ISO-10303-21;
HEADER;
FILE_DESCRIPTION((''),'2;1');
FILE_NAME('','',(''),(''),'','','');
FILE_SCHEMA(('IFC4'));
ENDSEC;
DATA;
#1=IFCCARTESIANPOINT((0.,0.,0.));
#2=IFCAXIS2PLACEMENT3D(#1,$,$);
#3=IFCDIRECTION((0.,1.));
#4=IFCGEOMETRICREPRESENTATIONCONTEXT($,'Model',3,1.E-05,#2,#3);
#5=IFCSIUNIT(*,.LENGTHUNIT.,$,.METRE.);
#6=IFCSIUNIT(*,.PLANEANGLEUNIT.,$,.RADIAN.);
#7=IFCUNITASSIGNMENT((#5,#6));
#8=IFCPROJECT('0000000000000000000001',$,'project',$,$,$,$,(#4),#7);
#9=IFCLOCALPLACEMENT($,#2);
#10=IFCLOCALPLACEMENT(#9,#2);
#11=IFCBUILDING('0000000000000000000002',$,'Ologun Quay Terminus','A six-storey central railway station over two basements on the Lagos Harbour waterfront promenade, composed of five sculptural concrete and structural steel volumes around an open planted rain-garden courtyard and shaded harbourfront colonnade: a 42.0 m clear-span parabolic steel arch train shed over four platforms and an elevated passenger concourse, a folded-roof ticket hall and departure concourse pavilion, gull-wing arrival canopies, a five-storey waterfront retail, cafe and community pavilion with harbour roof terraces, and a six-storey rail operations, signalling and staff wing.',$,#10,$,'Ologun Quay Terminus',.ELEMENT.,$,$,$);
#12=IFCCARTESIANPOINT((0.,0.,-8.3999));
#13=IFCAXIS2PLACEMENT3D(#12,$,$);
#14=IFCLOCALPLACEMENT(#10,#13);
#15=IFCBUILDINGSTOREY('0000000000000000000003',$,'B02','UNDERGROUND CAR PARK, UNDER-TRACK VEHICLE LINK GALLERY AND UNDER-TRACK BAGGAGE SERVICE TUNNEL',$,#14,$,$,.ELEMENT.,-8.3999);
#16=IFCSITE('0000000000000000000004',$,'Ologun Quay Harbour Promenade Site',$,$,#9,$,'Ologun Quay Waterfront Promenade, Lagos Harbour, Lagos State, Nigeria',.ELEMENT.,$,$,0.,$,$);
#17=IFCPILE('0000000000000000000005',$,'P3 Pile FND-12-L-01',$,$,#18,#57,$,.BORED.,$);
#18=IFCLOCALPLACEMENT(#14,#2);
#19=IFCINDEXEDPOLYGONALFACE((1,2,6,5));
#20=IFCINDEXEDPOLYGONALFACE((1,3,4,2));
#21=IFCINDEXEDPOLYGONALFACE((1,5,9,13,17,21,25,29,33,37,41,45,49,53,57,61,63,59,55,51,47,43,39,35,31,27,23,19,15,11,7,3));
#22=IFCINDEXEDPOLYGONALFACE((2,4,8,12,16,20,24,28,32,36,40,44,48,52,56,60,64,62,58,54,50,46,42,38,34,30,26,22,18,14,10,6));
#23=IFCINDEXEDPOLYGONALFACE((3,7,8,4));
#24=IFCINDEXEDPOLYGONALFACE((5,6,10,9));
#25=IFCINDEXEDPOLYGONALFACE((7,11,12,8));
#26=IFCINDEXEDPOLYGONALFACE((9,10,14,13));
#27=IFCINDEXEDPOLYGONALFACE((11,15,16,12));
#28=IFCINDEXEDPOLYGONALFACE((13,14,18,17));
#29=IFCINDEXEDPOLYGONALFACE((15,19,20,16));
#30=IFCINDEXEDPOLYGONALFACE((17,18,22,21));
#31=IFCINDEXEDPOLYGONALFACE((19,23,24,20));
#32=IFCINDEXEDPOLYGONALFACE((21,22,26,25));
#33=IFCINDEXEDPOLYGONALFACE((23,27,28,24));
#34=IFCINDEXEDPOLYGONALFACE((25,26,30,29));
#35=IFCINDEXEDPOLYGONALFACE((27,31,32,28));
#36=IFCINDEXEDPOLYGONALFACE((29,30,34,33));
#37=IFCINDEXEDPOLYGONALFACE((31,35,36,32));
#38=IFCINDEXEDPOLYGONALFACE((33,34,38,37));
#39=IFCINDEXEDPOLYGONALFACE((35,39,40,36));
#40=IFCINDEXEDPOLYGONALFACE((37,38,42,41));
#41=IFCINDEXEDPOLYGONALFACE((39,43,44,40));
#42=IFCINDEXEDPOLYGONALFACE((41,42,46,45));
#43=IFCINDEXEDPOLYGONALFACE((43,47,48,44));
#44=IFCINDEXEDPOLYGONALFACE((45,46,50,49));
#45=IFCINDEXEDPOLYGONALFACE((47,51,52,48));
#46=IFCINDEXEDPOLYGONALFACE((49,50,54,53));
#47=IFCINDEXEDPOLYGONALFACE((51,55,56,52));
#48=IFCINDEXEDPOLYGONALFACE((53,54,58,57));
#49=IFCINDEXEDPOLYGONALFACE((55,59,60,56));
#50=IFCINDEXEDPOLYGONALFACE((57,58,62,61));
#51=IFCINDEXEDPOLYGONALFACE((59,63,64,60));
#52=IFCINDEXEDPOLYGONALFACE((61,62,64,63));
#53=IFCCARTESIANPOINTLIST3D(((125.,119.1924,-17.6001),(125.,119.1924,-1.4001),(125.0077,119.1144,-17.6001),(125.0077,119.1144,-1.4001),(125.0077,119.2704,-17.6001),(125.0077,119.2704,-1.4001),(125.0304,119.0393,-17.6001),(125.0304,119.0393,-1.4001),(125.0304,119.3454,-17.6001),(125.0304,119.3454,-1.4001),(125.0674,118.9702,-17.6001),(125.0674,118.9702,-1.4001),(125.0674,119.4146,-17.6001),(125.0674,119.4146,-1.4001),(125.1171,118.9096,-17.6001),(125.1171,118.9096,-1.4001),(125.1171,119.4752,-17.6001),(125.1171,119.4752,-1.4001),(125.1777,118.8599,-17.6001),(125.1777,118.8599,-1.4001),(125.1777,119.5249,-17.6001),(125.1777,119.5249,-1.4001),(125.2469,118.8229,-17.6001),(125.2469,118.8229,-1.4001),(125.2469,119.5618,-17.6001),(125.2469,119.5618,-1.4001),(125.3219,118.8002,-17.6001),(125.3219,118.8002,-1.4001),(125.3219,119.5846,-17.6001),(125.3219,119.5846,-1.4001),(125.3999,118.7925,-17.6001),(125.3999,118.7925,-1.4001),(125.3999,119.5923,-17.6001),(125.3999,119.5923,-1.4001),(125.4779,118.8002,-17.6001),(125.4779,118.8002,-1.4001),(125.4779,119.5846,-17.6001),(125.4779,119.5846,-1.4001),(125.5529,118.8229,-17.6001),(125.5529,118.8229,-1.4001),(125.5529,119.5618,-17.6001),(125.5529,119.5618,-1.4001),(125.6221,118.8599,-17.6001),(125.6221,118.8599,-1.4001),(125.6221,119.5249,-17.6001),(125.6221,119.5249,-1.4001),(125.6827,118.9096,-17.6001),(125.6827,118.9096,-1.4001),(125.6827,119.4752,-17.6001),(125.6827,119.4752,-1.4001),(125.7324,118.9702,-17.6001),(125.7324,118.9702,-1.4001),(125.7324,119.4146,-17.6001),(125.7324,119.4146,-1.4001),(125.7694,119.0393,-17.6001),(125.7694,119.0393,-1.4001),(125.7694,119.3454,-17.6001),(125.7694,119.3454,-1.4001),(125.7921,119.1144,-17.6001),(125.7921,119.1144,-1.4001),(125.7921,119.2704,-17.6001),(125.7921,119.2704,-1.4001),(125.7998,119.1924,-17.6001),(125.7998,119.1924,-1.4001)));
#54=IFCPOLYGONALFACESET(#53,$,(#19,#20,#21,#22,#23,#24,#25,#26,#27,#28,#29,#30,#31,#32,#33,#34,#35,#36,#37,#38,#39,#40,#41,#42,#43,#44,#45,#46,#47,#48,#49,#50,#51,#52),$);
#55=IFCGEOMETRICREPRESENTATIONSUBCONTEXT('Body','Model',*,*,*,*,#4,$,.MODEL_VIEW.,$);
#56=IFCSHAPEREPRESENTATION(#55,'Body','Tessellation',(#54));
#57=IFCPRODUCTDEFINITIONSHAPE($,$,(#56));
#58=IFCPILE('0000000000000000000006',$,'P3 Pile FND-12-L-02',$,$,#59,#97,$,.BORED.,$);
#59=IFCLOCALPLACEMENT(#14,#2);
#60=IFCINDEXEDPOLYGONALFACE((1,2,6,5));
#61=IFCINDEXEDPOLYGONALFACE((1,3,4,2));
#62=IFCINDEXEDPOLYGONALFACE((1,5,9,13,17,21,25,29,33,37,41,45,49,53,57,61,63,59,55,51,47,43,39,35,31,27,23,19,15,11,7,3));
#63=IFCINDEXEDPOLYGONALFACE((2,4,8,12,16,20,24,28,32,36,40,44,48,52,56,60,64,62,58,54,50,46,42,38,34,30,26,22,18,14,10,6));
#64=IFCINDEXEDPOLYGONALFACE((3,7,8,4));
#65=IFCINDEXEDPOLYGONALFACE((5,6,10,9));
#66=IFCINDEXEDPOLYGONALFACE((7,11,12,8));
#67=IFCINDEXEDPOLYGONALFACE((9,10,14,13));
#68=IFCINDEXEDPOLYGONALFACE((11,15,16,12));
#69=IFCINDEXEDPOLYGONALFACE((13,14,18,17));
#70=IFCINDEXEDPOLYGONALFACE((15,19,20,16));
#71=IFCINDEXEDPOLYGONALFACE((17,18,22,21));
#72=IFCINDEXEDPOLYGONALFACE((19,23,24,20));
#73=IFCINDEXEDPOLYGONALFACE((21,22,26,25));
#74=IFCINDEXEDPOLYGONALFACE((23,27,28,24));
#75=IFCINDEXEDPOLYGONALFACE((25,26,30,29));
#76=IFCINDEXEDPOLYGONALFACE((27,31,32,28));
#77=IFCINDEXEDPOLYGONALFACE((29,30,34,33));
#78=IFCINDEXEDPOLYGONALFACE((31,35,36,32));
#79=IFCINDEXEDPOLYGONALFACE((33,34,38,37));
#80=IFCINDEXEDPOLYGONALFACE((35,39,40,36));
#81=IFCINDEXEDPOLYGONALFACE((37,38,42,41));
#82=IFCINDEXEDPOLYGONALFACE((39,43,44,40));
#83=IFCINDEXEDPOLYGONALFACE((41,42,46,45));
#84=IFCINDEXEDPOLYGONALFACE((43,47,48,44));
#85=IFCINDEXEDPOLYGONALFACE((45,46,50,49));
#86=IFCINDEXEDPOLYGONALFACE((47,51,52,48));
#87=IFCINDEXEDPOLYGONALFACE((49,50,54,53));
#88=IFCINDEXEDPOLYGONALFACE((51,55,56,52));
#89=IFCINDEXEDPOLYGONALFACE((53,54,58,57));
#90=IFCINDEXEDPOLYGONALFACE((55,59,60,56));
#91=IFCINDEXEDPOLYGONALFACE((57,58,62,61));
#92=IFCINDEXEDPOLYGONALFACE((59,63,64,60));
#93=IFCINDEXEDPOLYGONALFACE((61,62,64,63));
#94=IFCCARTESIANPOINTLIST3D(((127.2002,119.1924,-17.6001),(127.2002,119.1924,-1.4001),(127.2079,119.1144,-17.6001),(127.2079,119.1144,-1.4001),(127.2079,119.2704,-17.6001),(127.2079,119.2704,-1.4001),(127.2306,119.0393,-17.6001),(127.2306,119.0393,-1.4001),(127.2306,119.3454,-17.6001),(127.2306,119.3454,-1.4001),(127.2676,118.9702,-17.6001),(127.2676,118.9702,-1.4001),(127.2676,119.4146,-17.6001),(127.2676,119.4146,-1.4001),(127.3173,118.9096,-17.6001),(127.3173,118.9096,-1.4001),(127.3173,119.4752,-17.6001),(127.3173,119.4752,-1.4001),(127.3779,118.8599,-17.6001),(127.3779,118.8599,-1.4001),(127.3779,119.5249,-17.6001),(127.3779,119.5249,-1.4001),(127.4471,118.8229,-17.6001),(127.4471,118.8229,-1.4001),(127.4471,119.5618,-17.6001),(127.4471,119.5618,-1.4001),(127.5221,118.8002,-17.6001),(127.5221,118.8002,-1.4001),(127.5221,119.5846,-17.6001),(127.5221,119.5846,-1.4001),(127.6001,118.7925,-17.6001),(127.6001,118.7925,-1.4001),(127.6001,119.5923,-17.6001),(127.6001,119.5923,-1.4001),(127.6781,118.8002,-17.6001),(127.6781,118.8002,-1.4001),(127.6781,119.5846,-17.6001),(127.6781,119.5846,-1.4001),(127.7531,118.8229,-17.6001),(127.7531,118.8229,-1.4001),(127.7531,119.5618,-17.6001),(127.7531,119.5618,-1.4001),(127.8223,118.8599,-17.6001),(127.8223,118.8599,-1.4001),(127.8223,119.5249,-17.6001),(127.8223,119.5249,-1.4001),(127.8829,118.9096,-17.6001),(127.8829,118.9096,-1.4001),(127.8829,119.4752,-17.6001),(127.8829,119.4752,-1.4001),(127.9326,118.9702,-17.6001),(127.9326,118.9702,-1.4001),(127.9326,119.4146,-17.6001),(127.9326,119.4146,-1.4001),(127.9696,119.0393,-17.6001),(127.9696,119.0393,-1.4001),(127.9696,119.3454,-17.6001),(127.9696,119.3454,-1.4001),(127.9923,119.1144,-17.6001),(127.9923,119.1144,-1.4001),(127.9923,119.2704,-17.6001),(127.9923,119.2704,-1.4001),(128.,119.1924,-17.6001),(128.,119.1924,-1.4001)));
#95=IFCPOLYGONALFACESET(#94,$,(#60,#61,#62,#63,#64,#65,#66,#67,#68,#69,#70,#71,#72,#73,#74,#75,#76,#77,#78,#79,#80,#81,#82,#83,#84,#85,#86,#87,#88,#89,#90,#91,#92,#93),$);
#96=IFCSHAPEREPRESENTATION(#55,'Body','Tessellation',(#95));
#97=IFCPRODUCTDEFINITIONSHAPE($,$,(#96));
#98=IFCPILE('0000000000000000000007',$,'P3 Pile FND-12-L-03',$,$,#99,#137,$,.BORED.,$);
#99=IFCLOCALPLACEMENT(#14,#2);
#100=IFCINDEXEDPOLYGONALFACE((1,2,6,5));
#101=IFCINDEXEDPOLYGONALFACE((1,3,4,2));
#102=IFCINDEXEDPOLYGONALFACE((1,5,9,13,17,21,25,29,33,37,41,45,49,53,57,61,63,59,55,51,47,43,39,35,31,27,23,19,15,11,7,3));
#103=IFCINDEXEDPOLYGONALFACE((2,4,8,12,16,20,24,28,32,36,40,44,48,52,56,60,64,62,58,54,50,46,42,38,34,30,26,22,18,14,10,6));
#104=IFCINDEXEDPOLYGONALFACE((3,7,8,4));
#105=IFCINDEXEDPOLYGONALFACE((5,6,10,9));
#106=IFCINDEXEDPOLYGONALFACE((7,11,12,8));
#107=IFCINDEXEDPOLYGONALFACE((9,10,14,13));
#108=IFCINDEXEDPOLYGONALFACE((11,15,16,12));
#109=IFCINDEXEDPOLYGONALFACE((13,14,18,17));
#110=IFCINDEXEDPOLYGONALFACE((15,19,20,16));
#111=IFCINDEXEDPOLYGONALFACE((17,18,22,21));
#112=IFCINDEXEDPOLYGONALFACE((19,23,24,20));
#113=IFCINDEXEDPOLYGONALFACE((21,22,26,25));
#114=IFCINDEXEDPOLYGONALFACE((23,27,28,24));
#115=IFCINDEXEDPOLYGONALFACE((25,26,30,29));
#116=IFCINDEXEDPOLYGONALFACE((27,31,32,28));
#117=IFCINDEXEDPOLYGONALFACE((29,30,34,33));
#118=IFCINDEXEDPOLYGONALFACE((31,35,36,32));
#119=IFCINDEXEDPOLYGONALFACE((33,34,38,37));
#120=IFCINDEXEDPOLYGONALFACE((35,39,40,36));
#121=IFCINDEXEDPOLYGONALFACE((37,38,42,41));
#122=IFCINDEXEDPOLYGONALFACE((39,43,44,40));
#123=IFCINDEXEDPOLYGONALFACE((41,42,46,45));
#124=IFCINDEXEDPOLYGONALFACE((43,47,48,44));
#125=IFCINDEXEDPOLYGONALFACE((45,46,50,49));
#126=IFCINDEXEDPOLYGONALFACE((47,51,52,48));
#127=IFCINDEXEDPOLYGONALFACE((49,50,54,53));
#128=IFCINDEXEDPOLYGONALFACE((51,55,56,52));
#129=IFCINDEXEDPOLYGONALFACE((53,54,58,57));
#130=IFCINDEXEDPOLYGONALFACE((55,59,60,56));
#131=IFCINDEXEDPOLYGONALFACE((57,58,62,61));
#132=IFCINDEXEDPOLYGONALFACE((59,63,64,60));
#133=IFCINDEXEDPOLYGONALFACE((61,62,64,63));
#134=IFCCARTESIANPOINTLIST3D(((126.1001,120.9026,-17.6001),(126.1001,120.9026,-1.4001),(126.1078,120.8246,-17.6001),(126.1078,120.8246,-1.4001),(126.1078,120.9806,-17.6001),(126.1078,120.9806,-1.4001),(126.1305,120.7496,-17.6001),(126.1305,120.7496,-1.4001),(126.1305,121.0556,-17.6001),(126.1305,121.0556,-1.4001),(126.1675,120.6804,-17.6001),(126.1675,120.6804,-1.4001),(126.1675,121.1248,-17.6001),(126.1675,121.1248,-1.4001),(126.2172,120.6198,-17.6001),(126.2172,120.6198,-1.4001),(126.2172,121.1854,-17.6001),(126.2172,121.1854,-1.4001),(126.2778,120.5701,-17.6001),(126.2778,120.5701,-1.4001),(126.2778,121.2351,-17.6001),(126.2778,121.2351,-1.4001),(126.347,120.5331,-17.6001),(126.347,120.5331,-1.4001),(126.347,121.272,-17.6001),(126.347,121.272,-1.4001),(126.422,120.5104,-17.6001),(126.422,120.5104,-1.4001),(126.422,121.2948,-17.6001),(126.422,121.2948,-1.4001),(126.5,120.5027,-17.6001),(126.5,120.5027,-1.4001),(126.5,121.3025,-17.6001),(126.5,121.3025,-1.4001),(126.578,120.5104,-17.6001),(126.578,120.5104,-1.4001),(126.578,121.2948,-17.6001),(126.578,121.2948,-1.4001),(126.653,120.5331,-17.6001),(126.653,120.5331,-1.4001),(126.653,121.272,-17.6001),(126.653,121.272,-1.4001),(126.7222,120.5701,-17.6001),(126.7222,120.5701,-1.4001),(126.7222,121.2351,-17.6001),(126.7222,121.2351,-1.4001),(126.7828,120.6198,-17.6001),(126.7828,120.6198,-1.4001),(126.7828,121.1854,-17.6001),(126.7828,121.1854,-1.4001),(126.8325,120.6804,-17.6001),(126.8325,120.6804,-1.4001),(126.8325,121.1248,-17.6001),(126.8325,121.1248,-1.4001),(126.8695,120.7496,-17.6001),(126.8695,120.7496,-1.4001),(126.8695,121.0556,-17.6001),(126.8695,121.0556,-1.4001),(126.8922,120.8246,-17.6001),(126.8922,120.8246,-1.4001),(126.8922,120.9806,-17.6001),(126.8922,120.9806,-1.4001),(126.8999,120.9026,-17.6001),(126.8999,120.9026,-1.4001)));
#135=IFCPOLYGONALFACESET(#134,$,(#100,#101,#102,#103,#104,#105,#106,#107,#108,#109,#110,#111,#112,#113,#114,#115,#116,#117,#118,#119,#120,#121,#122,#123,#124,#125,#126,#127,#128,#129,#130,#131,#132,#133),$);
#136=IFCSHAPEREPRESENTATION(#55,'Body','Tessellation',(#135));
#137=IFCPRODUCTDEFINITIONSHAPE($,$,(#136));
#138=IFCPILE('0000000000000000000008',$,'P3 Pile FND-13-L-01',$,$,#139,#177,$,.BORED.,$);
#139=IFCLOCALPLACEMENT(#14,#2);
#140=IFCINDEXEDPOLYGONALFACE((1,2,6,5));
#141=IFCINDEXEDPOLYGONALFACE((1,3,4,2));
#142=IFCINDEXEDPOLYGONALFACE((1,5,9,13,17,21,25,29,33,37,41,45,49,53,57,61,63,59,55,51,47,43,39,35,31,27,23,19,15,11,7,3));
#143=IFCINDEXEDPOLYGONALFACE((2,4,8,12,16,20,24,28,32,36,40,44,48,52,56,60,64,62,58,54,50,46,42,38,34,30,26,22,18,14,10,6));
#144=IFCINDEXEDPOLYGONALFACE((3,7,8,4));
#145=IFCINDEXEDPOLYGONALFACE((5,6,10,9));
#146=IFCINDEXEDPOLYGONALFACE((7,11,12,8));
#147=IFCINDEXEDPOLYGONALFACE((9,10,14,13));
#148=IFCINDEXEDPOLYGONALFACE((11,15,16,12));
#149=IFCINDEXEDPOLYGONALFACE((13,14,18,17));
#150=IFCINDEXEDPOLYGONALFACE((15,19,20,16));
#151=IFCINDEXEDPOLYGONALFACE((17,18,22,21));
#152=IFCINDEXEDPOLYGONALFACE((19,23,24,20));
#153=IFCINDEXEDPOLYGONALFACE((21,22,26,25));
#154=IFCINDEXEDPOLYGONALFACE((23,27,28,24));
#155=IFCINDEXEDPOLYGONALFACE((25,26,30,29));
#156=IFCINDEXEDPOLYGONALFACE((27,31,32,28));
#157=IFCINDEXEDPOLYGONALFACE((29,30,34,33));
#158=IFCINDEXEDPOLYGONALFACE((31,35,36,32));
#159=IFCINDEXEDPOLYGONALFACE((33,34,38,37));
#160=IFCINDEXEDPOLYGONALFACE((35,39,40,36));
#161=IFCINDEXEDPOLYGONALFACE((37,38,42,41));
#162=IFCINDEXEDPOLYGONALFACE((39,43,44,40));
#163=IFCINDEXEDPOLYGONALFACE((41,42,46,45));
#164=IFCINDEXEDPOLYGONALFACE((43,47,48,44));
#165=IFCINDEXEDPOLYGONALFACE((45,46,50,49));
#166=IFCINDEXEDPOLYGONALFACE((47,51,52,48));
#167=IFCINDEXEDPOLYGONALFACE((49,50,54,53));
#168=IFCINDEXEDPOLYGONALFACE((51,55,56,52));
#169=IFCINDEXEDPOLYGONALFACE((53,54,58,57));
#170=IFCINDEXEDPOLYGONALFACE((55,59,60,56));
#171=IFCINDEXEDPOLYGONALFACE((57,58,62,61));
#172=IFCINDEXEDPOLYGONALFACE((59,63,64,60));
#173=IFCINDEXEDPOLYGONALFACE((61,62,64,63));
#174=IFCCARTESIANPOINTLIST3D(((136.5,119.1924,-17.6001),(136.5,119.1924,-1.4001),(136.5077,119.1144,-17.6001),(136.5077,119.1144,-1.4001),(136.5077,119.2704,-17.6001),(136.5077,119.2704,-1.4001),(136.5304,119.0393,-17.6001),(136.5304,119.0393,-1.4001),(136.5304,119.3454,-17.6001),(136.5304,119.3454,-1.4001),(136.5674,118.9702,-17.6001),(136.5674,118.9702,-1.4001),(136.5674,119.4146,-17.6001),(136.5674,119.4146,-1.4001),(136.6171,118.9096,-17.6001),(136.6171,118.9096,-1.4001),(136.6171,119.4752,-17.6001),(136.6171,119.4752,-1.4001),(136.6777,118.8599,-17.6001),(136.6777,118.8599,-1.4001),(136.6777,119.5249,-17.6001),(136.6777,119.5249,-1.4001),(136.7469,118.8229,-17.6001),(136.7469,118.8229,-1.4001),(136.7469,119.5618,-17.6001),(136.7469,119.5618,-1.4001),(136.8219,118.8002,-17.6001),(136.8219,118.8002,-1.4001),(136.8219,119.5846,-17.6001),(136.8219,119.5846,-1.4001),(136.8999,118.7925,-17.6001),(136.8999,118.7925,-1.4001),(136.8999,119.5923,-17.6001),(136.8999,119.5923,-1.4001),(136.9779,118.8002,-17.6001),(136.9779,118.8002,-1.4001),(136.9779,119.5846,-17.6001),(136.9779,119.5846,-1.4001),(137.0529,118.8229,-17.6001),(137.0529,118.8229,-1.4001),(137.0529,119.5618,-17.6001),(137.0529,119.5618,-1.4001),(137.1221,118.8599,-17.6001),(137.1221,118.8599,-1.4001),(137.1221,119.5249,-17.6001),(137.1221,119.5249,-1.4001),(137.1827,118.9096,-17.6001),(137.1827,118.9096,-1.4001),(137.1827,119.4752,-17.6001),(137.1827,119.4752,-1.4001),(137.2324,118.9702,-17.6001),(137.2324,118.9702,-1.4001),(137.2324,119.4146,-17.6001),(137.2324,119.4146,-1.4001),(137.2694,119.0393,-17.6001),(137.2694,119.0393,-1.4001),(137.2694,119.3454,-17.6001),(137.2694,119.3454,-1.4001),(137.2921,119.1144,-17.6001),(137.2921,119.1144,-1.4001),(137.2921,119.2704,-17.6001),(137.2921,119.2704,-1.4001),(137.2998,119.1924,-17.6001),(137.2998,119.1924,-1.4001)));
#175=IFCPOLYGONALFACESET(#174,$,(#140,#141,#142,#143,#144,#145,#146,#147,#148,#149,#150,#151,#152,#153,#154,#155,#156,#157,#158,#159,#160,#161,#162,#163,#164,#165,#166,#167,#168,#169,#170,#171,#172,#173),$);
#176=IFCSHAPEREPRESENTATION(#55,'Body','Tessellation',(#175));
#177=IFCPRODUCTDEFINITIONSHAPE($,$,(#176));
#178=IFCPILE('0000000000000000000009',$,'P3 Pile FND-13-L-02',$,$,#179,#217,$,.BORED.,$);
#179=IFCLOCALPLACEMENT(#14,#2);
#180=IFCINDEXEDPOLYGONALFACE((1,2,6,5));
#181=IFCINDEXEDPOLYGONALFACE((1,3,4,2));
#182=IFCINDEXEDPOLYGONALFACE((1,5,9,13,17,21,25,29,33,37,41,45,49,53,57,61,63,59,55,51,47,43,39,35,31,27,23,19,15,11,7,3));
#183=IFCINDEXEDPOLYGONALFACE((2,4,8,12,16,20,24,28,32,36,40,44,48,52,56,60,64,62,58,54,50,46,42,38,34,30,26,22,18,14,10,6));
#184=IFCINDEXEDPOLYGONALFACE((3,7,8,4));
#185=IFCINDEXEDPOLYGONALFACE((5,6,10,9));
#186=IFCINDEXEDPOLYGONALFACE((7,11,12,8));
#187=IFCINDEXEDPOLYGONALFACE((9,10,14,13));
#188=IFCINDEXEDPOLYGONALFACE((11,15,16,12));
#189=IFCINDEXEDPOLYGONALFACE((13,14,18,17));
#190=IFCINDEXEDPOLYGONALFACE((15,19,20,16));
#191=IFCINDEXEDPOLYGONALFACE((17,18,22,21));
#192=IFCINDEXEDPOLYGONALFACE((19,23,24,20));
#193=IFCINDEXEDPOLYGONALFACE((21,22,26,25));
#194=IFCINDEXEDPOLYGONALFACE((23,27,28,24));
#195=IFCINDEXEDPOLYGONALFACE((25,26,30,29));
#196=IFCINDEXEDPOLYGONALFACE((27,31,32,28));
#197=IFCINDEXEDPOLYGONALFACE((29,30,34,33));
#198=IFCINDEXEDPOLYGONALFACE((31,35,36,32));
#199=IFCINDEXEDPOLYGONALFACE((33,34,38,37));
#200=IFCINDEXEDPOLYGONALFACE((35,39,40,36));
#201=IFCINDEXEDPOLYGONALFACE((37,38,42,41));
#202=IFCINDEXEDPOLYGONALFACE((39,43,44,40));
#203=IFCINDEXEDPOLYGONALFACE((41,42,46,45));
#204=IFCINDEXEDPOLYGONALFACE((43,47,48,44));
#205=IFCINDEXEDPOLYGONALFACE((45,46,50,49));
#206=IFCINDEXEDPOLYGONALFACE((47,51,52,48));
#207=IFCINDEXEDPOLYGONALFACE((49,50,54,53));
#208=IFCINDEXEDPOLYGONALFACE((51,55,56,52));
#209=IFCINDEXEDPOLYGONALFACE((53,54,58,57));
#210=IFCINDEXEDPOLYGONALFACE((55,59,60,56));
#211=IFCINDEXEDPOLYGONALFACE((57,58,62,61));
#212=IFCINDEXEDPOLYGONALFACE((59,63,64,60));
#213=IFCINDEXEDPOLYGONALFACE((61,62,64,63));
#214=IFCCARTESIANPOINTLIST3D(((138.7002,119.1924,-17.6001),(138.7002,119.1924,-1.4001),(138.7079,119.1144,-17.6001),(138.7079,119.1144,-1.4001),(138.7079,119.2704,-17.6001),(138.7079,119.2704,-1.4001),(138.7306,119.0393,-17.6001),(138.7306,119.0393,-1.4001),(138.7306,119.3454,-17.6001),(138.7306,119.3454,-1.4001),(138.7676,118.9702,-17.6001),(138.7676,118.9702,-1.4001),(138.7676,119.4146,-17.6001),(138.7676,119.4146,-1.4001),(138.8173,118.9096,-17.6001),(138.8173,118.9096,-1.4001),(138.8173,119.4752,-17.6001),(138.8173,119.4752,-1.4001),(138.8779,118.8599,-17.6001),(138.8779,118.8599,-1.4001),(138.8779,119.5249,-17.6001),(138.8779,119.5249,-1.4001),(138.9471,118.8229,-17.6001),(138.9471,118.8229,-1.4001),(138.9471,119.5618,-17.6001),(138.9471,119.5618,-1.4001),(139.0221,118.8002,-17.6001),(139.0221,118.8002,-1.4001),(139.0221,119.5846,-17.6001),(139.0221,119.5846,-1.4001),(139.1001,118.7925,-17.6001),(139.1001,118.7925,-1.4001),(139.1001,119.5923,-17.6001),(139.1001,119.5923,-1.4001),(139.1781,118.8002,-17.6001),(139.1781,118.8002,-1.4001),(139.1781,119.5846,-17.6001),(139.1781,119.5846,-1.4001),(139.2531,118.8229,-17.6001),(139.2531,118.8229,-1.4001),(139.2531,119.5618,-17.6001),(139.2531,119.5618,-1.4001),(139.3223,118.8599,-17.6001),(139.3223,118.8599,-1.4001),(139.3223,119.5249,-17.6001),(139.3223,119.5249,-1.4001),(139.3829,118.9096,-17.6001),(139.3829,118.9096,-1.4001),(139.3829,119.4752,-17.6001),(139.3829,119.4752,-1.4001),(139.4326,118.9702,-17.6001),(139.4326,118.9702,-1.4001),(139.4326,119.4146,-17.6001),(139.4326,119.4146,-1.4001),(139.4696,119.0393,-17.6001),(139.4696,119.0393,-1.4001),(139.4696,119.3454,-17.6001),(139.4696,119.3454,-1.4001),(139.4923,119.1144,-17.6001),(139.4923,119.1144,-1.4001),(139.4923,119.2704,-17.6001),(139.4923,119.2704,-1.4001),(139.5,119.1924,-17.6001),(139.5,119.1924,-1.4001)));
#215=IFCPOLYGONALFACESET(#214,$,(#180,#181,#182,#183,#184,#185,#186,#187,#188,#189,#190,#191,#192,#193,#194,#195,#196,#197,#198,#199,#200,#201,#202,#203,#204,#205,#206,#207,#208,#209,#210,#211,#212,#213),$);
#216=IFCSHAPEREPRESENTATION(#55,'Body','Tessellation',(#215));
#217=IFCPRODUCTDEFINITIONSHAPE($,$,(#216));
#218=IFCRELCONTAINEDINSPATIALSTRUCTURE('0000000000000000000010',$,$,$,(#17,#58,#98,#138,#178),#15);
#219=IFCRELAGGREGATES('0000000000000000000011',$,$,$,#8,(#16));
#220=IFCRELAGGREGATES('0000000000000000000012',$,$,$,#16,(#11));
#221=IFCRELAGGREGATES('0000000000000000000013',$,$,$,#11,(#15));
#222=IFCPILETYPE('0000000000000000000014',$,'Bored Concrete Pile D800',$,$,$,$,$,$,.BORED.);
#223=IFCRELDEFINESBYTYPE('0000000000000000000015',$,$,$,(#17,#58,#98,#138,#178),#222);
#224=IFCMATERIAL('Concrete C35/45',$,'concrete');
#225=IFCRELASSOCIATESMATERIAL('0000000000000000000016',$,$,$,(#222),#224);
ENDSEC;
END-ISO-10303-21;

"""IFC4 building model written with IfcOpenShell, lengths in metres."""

from ifc_helpers import new_model, si_unit, direction, frame, origin, origin_2d, place, context, subcontext, project, spatial, circle, extrude, material, material_profile, profile_set, type_object, element, save


model = new_model("IFC4")

# Units and contexts
model_context = context("Model", 3, precision=1e-05, world=origin(), true_north=direction((0.0, 1.0)))
body_context = subcontext(model_context, "Body", "Model", "MODEL_VIEW")
ifc_project = project(units=[si_unit("LENGTHUNIT", "METRE"), si_unit("PLANEANGLEUNIT", "RADIAN")], contexts=[model_context])

# Site, building, storey
site_placement = place(None, origin())
site = spatial("IfcSite", under=ifc_project, at=site_placement, Name="Ologun Quay Harbour Promenade Site", LongName="Ologun Quay Waterfront Promenade, Lagos Harbour, Lagos State, Nigeria", CompositionType="ELEMENT", RefElevation=0.0)
building_placement = place(site_placement, origin())
building = spatial("IfcBuilding", under=site, at=building_placement, Name="Ologun Quay Terminus", Description="A six-storey central railway station over two basements on the Lagos Harbour waterfront promenade, composed of five sculptural concrete and structural steel volumes around an open planted rain-garden courtyard and shaded harbourfront colonnade: a 42.0 m clear-span parabolic steel arch train shed over four platforms and an elevated passenger concourse, a folded-roof ticket hall and departure concourse pavilion, gull-wing arrival canopies, a five-storey waterfront retail, cafe and community pavilion with harbour roof terraces, and a six-storey rail operations, signalling and staff wing.", LongName="Ologun Quay Terminus", CompositionType="ELEMENT")
storey_placement = place(building_placement, frame((0.0, 0.0, -8.3999)))
storey = spatial("IfcBuildingStorey", under=building, at=storey_placement, Name="B02", Description="UNDERGROUND CAR PARK, UNDER-TRACK VEHICLE LINK GALLERY AND UNDER-TRACK BAGGAGE SERVICE TUNNEL", CompositionType="ELEMENT", Elevation=-8.3999)

# Piles
ifc_material_1 = material(Name="Concrete C35/45", Category="concrete")
ifc_material_profile_1 = material_profile(ifc_material_1, circle(Radius=0.3999, at=origin_2d()), Name="PILE D800")
ifc_profile_set_1 = profile_set([ifc_material_profile_1], Name="Concrete C35/45")
pile_type_1 = type_object("IfcPileType", Name="Bored Concrete Pile D800", PredefinedType="BORED", material=ifc_profile_set_1)
for number, where, z_axis, x_axis, name in (
    (1, (125.3999, 119.1924, -1.4001), (0.0, 0.0, -1.0), (1.0, 0.0, 0.0), "P3 Pile FND-12-L-01"),
    (2, (127.6001, 119.1924, -1.4001), (0.0, 0.0, -1.0), (1.0, 0.0, 0.0), "P3 Pile FND-12-L-02"),
    (3, (126.5, 120.9026, -1.4001), (0.0, 0.0, -1.0), (1.0, 0.0, 0.0), "P3 Pile FND-12-L-03"),
    (4, (136.8999, 119.1924, -1.4001), (0.0, 0.0, -1.0), (1.0, 0.0, 0.0), "P3 Pile FND-13-L-01"),
    (5, (139.1001, 119.1924, -1.4001), (0.0, 0.0, -1.0), (1.0, 0.0, 0.0), "P3 Pile FND-13-L-02"),
):
    element("IfcPile", number, at=place(storey_placement, frame(where, z_axis=z_axis, x_axis=x_axis)), inside=storey, type_object=pile_type_1, Name=name, PredefinedType="BORED", context=body_context, shape_type="SweptSolid", body=[
        extrude(circle(Radius=0.3999, at=origin_2d()), origin(), (0.0, 0.0, 1.0), 16.2),
    ])

save(model, "model.ifc")
